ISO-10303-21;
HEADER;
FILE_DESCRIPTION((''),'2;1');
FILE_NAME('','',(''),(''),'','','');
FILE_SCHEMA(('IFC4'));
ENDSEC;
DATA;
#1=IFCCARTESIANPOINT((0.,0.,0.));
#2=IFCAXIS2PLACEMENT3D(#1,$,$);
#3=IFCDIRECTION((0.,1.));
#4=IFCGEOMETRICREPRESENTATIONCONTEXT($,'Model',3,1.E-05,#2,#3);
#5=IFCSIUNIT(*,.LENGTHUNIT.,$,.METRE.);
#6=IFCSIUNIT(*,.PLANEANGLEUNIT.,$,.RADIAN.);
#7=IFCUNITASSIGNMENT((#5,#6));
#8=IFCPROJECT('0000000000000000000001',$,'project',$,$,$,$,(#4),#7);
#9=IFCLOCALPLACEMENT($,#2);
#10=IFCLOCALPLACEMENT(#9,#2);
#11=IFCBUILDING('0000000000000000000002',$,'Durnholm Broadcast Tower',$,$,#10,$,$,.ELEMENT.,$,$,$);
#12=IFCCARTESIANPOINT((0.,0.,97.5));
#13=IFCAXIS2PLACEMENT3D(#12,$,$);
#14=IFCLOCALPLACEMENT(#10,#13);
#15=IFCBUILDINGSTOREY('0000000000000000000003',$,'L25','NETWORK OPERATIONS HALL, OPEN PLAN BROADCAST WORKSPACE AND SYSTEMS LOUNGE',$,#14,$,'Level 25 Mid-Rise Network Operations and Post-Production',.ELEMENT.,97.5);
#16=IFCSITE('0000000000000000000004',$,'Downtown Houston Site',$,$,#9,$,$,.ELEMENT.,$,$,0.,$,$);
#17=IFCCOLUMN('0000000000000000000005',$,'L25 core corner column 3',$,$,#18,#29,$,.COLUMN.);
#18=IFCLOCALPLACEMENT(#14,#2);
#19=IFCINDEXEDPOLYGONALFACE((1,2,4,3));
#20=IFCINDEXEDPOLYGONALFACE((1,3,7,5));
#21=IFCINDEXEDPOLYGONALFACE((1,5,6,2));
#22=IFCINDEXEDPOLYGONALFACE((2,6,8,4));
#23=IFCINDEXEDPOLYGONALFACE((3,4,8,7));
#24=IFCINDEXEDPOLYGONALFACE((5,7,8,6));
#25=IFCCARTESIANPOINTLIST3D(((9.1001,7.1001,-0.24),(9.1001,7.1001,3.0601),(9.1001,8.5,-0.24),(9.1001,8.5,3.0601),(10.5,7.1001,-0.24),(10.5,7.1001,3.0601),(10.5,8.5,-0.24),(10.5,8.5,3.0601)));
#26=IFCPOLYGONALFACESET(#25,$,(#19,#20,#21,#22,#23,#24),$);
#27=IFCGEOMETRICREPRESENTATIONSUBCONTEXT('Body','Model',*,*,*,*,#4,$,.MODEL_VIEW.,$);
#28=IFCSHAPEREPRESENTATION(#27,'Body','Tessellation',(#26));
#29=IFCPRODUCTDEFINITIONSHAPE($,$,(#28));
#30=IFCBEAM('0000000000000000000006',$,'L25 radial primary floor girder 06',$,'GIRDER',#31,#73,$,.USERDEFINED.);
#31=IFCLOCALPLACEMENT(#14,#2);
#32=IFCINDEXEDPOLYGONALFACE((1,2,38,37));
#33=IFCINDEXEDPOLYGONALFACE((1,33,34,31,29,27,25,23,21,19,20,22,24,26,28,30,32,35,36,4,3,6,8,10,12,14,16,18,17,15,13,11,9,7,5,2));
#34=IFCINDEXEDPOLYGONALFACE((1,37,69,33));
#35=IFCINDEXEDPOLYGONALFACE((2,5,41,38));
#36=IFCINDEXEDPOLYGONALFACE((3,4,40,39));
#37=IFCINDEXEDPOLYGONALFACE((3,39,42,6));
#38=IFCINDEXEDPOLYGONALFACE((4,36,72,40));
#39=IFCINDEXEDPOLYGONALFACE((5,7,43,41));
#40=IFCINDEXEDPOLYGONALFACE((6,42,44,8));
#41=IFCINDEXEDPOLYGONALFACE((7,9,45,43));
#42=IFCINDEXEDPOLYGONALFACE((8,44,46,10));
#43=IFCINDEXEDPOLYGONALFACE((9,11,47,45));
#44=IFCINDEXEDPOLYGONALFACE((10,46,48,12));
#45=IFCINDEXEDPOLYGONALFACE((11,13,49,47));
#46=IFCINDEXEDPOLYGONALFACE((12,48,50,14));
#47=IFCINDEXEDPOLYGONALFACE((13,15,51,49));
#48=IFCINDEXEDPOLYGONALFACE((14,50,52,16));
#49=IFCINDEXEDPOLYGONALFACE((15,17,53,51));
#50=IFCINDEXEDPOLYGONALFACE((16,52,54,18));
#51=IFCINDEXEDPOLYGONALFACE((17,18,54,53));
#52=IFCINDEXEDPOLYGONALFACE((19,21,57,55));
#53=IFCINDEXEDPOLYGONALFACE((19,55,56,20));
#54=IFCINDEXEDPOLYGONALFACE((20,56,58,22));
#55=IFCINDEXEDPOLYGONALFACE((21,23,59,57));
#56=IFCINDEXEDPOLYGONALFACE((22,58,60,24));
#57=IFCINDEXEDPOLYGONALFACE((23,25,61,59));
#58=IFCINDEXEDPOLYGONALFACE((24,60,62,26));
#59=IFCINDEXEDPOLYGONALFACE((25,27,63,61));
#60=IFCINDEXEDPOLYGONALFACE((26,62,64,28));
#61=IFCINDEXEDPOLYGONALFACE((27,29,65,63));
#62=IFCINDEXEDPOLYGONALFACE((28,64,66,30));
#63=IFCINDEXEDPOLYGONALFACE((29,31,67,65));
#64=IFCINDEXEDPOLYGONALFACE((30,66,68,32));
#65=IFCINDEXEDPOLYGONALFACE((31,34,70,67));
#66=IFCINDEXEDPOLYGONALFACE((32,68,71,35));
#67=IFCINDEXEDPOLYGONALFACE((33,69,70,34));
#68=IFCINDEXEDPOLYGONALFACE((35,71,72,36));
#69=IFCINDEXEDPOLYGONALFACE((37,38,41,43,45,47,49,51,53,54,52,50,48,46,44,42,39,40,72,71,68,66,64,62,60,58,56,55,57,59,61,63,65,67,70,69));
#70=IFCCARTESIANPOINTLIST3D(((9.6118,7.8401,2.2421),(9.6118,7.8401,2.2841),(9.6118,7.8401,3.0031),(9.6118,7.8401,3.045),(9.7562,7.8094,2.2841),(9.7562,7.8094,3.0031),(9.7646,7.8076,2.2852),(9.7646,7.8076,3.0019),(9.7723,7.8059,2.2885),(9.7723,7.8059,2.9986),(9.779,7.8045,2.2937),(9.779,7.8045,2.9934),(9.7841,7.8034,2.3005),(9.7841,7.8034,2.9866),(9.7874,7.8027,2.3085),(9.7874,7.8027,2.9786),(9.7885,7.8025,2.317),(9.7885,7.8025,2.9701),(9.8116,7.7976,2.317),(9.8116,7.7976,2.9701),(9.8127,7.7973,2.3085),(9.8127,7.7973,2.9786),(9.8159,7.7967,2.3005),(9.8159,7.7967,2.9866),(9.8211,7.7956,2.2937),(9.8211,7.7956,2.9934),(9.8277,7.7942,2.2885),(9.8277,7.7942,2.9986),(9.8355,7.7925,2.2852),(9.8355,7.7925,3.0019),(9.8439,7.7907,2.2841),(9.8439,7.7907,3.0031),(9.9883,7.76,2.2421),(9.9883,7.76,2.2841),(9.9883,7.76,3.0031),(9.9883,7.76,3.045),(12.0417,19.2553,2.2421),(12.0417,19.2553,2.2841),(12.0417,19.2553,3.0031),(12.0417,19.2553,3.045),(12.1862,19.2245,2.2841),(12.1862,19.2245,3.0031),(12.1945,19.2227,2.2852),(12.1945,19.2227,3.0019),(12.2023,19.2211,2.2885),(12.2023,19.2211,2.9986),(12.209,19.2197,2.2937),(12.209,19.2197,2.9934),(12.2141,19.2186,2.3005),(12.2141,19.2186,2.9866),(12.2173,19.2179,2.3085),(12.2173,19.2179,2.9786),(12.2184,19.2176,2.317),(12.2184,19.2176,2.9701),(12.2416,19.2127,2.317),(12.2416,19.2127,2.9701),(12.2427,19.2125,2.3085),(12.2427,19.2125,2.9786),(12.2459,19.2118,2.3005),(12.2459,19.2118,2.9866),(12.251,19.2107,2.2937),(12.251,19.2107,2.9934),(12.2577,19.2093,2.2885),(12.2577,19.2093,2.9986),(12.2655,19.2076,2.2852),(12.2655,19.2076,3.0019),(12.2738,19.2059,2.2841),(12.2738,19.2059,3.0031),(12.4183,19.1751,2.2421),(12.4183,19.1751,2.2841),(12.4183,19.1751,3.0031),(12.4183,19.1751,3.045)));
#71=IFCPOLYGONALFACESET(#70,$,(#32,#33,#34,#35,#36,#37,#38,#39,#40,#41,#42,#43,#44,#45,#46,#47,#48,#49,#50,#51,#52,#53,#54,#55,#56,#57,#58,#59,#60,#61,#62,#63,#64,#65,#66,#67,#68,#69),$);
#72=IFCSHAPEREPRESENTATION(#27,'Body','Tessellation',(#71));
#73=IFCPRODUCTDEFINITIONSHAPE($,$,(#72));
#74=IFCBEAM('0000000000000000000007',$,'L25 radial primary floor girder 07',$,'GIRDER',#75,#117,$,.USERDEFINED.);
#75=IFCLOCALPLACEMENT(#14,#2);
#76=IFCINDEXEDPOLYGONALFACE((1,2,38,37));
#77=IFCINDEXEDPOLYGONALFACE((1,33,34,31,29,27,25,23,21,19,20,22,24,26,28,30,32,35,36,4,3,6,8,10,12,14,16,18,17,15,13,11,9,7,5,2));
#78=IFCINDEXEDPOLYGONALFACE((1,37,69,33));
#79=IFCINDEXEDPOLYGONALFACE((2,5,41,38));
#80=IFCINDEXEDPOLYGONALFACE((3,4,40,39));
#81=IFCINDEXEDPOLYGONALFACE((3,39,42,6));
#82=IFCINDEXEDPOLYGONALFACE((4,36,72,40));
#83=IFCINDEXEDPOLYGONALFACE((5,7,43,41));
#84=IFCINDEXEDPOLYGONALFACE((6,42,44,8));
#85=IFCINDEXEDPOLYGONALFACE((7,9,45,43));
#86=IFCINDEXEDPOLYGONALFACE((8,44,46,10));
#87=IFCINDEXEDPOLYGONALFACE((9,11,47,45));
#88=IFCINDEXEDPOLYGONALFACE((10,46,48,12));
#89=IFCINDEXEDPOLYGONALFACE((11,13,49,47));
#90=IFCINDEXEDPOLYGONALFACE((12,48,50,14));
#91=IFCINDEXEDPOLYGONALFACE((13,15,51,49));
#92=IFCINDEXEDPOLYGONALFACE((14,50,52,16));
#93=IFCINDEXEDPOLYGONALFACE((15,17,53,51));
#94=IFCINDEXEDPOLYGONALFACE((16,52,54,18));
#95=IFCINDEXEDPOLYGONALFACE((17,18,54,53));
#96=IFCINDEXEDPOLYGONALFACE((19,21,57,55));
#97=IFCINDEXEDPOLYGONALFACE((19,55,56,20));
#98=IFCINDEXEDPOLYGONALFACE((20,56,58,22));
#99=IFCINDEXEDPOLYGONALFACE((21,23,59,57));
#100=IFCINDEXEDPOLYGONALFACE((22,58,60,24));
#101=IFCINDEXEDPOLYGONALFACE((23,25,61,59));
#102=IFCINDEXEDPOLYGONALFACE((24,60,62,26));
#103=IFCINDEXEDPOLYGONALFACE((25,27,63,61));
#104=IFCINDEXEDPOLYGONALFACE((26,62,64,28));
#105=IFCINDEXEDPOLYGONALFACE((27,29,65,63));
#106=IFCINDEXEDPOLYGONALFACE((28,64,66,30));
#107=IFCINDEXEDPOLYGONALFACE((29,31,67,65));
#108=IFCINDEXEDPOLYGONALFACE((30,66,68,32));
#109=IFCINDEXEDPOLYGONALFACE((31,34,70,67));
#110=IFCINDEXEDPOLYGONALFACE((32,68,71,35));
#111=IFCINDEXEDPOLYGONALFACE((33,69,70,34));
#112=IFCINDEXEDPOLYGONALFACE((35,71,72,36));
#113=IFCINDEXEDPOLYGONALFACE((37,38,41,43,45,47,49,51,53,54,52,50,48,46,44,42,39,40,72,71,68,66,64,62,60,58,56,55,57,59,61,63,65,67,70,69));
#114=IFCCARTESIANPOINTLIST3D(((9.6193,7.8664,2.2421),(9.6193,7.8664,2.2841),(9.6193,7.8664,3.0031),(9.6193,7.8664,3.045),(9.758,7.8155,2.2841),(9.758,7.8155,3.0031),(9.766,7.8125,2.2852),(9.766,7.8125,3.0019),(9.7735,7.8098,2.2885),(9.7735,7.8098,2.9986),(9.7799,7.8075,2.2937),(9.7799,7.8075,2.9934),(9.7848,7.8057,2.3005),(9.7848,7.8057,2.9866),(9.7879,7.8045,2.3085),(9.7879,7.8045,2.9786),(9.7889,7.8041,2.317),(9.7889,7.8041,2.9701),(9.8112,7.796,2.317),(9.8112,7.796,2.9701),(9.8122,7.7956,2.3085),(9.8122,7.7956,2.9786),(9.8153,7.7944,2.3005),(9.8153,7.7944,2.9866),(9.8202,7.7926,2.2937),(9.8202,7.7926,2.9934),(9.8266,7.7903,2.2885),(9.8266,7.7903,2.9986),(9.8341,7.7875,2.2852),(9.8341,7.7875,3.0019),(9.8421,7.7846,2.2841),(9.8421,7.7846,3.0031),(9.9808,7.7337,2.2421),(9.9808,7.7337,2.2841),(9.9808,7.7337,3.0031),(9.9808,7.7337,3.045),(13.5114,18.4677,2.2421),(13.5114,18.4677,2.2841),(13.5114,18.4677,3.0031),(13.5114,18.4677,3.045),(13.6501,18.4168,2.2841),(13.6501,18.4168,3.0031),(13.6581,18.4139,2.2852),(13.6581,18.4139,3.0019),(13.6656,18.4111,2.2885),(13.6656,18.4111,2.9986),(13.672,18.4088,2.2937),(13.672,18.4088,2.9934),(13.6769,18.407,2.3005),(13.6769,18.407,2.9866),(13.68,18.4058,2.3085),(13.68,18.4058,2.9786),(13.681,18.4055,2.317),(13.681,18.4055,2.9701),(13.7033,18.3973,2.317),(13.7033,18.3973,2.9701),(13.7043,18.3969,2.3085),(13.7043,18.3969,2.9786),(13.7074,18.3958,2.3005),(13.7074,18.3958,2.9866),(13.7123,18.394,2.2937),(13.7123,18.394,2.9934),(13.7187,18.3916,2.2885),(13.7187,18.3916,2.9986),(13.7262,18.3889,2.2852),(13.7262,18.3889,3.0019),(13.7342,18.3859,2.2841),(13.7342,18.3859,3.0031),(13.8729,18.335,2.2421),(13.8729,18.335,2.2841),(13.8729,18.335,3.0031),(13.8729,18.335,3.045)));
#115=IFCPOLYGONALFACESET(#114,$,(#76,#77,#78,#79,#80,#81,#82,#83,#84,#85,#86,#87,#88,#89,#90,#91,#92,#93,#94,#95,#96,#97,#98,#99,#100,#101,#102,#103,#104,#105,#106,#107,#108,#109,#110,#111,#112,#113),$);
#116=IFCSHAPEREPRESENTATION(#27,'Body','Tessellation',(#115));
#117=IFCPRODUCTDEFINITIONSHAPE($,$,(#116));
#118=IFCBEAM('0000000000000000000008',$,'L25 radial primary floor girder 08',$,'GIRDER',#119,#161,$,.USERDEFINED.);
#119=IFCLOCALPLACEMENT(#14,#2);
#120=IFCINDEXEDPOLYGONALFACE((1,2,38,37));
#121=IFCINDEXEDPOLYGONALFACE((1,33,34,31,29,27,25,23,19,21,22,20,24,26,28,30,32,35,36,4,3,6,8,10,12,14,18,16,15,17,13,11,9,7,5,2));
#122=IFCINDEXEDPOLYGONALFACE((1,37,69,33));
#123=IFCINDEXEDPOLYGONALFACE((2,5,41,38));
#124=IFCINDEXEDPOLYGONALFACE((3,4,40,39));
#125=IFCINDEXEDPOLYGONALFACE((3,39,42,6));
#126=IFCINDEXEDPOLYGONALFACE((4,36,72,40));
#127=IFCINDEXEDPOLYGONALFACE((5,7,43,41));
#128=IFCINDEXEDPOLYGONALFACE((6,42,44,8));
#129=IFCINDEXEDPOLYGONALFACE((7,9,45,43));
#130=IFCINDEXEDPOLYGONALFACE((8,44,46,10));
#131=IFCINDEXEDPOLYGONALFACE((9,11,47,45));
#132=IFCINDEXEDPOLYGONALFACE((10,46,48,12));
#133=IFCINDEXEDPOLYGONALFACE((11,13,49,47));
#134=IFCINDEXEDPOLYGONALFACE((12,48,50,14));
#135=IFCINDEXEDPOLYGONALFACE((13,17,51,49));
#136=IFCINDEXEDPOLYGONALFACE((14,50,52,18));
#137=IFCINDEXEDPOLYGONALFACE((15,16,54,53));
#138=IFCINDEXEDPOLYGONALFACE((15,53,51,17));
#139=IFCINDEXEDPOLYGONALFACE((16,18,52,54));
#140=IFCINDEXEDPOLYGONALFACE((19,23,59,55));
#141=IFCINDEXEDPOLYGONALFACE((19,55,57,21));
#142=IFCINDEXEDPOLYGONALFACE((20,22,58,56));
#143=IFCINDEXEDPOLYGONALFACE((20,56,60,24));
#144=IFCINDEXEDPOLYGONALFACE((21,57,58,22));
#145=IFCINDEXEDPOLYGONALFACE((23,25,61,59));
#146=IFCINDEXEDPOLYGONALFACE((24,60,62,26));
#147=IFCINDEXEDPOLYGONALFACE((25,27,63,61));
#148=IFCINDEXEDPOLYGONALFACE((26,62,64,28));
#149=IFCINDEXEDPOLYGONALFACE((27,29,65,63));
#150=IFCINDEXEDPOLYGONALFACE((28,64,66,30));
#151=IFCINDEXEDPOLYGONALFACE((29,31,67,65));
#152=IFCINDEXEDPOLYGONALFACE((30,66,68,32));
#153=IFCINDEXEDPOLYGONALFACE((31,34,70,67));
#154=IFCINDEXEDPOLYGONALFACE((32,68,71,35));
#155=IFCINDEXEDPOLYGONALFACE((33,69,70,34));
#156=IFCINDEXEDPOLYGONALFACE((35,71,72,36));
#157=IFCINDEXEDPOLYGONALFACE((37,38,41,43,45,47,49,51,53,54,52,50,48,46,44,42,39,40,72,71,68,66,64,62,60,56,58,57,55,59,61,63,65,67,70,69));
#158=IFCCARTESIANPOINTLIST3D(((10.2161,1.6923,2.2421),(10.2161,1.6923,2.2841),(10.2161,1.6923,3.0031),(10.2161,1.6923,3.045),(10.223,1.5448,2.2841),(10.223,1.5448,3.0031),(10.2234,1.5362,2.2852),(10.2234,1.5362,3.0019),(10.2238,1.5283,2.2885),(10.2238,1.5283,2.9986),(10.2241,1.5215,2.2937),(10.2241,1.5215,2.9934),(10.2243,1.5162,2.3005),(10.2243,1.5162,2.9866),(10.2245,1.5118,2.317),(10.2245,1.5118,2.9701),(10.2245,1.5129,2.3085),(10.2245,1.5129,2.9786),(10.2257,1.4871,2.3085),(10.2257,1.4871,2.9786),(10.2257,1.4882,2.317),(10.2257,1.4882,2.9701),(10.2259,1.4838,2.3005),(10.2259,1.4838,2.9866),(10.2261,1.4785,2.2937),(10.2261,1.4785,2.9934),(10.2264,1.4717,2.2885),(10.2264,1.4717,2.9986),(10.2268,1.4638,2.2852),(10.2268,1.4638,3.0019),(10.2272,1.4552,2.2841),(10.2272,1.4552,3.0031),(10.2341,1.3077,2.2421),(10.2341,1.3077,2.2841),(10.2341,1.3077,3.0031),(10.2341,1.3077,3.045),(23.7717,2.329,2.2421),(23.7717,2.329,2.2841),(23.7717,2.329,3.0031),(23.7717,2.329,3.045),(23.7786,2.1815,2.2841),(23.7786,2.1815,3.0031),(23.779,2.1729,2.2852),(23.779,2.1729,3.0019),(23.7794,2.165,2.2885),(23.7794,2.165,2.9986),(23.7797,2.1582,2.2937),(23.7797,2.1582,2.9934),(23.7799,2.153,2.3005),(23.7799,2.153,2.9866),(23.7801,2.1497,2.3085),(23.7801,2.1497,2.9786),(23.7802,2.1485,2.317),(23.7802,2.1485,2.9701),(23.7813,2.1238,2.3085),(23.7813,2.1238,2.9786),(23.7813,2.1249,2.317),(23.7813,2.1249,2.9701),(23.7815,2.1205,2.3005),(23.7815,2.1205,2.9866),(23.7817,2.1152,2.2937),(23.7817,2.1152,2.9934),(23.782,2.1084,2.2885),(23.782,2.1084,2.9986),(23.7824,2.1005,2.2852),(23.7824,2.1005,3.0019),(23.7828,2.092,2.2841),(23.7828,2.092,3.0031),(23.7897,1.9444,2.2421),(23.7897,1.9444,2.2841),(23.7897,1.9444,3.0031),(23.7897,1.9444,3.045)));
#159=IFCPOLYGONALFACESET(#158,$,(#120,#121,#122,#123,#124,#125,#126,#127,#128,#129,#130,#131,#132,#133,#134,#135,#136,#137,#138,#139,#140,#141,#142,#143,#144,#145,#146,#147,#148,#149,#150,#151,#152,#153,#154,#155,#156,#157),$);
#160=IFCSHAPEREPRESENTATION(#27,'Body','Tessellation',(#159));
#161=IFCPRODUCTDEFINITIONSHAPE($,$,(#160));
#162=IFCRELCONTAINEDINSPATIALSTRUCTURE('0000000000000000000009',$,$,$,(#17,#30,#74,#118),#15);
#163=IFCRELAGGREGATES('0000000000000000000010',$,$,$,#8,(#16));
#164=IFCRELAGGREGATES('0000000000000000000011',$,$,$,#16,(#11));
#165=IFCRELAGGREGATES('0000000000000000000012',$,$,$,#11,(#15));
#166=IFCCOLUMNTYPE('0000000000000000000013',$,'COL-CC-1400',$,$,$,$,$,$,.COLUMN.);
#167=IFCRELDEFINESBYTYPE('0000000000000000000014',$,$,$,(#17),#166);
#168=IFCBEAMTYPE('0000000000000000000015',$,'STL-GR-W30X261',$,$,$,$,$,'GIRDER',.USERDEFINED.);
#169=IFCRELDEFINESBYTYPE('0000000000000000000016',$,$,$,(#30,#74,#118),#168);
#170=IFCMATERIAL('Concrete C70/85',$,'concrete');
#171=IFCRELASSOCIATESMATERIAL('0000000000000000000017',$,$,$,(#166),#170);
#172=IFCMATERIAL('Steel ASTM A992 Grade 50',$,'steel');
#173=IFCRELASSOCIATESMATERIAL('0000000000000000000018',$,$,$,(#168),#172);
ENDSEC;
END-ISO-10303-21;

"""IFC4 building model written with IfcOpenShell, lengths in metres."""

from ifc_helpers import new_model, si_unit, direction, frame, origin, origin_2d, place, context, subcontext, project, spatial, rectangle, i_section, extrude, source, transform, mapped, material, material_profile, profile_set, type_object, type_shapes, element, save


model = new_model("IFC4")

# Units and contexts
model_context = context("Model", 3, precision=1e-05, world=origin(), true_north=direction((0.0, 1.0)))
body_context = subcontext(model_context, "Body", "Model", "MODEL_VIEW")
ifc_project = project(units=[si_unit("LENGTHUNIT", "METRE"), si_unit("PLANEANGLEUNIT", "RADIAN")], contexts=[model_context])

# Site, building, storey
site_placement = place(None, origin())
site = spatial("IfcSite", under=ifc_project, at=site_placement, Name="Downtown Houston Site", CompositionType="ELEMENT", RefElevation=0.0)
building_placement = place(site_placement, origin())
building = spatial("IfcBuilding", under=site, at=building_placement, Name="Durnholm Broadcast Tower", CompositionType="ELEMENT")
storey_placement = place(building_placement, frame((0.0, 0.0, 97.5)))
storey = spatial("IfcBuildingStorey", under=building, at=storey_placement, Name="L25", Description="NETWORK OPERATIONS HALL, OPEN PLAN BROADCAST WORKSPACE AND SYSTEMS LOUNGE", LongName="Level 25 Mid-Rise Network Operations and Post-Production", CompositionType="ELEMENT", Elevation=97.5)

# Column
ifc_material_1 = material(Name="Concrete C70/85", Category="concrete")
ifc_material_profile_1 = material_profile(ifc_material_1, rectangle(XDim=1.3999, YDim=1.3999, at=origin_2d()), Name="RC1400X1400")
ifc_profile_set_1 = profile_set([ifc_material_profile_1], Name="Concrete C70/85")
column_type = type_object("IfcColumnType", Name="COL-CC-1400", PredefinedType="COLUMN", material=ifc_profile_set_1)
shared_shape_1 = source(origin(), body_context, "Body", "SweptSolid", [
    extrude(rectangle(XDim=1.3999, YDim=1.3999, at=origin_2d()), origin(), (0.0, 0.0, 1.0), 3.3),
])
type_shapes(column_type, [shared_shape_1])
column_placement = place(storey_placement, frame((9.8, 7.8, -0.24), z_axis=(0.0, 0.0, 1.0), x_axis=(1.0, 0.0, 0.0)))
element("IfcColumn", 1, at=column_placement, inside=storey, type_object=column_type, Name="L25 core corner column 3", PredefinedType="COLUMN", context=body_context, shape_type="MappedRepresentation", body=[
    mapped(shared_shape_1, transform((0.0, 0.0, 0.0), x_axis=(1.0, 0.0, 0.0), y_axis=(0.0, 1.0, 0.0), z_axis=(0.0, 0.0, 1.0), scale=1.0)),
])

# Beams
ifc_material_2 = material(Name="Steel ASTM A992 Grade 50", Category="steel")
ifc_material_profile_2 = material_profile(ifc_material_2, i_section(OverallWidth=0.385, OverallDepth=0.803, WebThickness=0.0237, FlangeThickness=0.042, FilletRadius=0.033, at=origin_2d()), Name="W30X261")
ifc_profile_set_2 = profile_set([ifc_material_profile_2], Name="Steel ASTM A992 Grade 50")
beam_type_1 = type_object("IfcBeamType", Name="STL-GR-W30X261", ElementType="GIRDER", PredefinedType="USERDEFINED", material=ifc_profile_set_2)
shared_shape_2 = source(origin(), body_context, "Body", "SweptSolid", [
    extrude(i_section(OverallWidth=0.385, OverallDepth=0.803, WebThickness=0.0237, FlangeThickness=0.042, FilletRadius=0.033, at=origin_2d()), origin(), (0.0, 0.0, 1.0), 11.6709),
])
beam_1_placement = place(storey_placement, frame((9.8, 7.8, 2.6436), z_axis=(0.208206, 0.978085, 0.0), x_axis=(-0.978085, 0.208206, 0.0)))
element("IfcBeam", 2, at=beam_1_placement, inside=storey, type_object=beam_type_1, Name="L25 radial primary floor girder 06", ObjectType="GIRDER", PredefinedType="USERDEFINED", context=body_context, shape_type="MappedRepresentation", body=[
    mapped(shared_shape_2, transform((0.0, 0.0, 0.0), x_axis=(1.0, 0.0, 0.0), y_axis=(0.0, 1.0, 0.0), z_axis=(0.0, 0.0, 1.0), scale=1.0)),
])
shared_shape_3 = source(origin(), body_context, "Body", "SweptSolid", [
    extrude(i_section(OverallWidth=0.385, OverallDepth=0.803, WebThickness=0.0237, FlangeThickness=0.042, FilletRadius=0.033, at=origin_2d()), origin(), (0.0, 0.0, 1.0), 11.2932),
])
beam_2_placement = place(storey_placement, frame((9.8, 7.8, 2.6436), z_axis=(0.34464, 0.938735, 0.0), x_axis=(-0.938735, 0.34464, 0.0)))
element("IfcBeam", 3, at=beam_2_placement, inside=storey, type_object=beam_type_1, Name="L25 radial primary floor girder 07", ObjectType="GIRDER", PredefinedType="USERDEFINED", context=body_context, shape_type="MappedRepresentation", body=[
    mapped(shared_shape_3, transform((0.0, 0.0, 0.0), x_axis=(1.0, 0.0, 0.0), y_axis=(0.0, 1.0, 0.0), z_axis=(0.0, 0.0, 1.0), scale=1.0)),
])
shared_shape_4 = source(origin(), body_context, "Body", "SweptSolid", [
    extrude(i_section(OverallWidth=0.385, OverallDepth=0.803, WebThickness=0.0237, FlangeThickness=0.042, FilletRadius=0.033, at=origin_2d()), origin(), (0.0, 0.0, 1.0), 13.5706),
])
beam_3_placement = place(storey_placement, frame((10.2251, 1.5, 2.6436), z_axis=(0.998899, 0.046919, 0.0), x_axis=(-0.046919, 0.998899, 0.0)))
element("IfcBeam", 4, at=beam_3_placement, inside=storey, type_object=beam_type_1, Name="L25 radial primary floor girder 08", ObjectType="GIRDER", PredefinedType="USERDEFINED", context=body_context, shape_type="MappedRepresentation", body=[
    mapped(shared_shape_4, transform((0.0, 0.0, 0.0), x_axis=(1.0, 0.0, 0.0), y_axis=(0.0, 1.0, 0.0), z_axis=(0.0, 0.0, 1.0), scale=1.0)),
])

save(model, "model.ifc")
